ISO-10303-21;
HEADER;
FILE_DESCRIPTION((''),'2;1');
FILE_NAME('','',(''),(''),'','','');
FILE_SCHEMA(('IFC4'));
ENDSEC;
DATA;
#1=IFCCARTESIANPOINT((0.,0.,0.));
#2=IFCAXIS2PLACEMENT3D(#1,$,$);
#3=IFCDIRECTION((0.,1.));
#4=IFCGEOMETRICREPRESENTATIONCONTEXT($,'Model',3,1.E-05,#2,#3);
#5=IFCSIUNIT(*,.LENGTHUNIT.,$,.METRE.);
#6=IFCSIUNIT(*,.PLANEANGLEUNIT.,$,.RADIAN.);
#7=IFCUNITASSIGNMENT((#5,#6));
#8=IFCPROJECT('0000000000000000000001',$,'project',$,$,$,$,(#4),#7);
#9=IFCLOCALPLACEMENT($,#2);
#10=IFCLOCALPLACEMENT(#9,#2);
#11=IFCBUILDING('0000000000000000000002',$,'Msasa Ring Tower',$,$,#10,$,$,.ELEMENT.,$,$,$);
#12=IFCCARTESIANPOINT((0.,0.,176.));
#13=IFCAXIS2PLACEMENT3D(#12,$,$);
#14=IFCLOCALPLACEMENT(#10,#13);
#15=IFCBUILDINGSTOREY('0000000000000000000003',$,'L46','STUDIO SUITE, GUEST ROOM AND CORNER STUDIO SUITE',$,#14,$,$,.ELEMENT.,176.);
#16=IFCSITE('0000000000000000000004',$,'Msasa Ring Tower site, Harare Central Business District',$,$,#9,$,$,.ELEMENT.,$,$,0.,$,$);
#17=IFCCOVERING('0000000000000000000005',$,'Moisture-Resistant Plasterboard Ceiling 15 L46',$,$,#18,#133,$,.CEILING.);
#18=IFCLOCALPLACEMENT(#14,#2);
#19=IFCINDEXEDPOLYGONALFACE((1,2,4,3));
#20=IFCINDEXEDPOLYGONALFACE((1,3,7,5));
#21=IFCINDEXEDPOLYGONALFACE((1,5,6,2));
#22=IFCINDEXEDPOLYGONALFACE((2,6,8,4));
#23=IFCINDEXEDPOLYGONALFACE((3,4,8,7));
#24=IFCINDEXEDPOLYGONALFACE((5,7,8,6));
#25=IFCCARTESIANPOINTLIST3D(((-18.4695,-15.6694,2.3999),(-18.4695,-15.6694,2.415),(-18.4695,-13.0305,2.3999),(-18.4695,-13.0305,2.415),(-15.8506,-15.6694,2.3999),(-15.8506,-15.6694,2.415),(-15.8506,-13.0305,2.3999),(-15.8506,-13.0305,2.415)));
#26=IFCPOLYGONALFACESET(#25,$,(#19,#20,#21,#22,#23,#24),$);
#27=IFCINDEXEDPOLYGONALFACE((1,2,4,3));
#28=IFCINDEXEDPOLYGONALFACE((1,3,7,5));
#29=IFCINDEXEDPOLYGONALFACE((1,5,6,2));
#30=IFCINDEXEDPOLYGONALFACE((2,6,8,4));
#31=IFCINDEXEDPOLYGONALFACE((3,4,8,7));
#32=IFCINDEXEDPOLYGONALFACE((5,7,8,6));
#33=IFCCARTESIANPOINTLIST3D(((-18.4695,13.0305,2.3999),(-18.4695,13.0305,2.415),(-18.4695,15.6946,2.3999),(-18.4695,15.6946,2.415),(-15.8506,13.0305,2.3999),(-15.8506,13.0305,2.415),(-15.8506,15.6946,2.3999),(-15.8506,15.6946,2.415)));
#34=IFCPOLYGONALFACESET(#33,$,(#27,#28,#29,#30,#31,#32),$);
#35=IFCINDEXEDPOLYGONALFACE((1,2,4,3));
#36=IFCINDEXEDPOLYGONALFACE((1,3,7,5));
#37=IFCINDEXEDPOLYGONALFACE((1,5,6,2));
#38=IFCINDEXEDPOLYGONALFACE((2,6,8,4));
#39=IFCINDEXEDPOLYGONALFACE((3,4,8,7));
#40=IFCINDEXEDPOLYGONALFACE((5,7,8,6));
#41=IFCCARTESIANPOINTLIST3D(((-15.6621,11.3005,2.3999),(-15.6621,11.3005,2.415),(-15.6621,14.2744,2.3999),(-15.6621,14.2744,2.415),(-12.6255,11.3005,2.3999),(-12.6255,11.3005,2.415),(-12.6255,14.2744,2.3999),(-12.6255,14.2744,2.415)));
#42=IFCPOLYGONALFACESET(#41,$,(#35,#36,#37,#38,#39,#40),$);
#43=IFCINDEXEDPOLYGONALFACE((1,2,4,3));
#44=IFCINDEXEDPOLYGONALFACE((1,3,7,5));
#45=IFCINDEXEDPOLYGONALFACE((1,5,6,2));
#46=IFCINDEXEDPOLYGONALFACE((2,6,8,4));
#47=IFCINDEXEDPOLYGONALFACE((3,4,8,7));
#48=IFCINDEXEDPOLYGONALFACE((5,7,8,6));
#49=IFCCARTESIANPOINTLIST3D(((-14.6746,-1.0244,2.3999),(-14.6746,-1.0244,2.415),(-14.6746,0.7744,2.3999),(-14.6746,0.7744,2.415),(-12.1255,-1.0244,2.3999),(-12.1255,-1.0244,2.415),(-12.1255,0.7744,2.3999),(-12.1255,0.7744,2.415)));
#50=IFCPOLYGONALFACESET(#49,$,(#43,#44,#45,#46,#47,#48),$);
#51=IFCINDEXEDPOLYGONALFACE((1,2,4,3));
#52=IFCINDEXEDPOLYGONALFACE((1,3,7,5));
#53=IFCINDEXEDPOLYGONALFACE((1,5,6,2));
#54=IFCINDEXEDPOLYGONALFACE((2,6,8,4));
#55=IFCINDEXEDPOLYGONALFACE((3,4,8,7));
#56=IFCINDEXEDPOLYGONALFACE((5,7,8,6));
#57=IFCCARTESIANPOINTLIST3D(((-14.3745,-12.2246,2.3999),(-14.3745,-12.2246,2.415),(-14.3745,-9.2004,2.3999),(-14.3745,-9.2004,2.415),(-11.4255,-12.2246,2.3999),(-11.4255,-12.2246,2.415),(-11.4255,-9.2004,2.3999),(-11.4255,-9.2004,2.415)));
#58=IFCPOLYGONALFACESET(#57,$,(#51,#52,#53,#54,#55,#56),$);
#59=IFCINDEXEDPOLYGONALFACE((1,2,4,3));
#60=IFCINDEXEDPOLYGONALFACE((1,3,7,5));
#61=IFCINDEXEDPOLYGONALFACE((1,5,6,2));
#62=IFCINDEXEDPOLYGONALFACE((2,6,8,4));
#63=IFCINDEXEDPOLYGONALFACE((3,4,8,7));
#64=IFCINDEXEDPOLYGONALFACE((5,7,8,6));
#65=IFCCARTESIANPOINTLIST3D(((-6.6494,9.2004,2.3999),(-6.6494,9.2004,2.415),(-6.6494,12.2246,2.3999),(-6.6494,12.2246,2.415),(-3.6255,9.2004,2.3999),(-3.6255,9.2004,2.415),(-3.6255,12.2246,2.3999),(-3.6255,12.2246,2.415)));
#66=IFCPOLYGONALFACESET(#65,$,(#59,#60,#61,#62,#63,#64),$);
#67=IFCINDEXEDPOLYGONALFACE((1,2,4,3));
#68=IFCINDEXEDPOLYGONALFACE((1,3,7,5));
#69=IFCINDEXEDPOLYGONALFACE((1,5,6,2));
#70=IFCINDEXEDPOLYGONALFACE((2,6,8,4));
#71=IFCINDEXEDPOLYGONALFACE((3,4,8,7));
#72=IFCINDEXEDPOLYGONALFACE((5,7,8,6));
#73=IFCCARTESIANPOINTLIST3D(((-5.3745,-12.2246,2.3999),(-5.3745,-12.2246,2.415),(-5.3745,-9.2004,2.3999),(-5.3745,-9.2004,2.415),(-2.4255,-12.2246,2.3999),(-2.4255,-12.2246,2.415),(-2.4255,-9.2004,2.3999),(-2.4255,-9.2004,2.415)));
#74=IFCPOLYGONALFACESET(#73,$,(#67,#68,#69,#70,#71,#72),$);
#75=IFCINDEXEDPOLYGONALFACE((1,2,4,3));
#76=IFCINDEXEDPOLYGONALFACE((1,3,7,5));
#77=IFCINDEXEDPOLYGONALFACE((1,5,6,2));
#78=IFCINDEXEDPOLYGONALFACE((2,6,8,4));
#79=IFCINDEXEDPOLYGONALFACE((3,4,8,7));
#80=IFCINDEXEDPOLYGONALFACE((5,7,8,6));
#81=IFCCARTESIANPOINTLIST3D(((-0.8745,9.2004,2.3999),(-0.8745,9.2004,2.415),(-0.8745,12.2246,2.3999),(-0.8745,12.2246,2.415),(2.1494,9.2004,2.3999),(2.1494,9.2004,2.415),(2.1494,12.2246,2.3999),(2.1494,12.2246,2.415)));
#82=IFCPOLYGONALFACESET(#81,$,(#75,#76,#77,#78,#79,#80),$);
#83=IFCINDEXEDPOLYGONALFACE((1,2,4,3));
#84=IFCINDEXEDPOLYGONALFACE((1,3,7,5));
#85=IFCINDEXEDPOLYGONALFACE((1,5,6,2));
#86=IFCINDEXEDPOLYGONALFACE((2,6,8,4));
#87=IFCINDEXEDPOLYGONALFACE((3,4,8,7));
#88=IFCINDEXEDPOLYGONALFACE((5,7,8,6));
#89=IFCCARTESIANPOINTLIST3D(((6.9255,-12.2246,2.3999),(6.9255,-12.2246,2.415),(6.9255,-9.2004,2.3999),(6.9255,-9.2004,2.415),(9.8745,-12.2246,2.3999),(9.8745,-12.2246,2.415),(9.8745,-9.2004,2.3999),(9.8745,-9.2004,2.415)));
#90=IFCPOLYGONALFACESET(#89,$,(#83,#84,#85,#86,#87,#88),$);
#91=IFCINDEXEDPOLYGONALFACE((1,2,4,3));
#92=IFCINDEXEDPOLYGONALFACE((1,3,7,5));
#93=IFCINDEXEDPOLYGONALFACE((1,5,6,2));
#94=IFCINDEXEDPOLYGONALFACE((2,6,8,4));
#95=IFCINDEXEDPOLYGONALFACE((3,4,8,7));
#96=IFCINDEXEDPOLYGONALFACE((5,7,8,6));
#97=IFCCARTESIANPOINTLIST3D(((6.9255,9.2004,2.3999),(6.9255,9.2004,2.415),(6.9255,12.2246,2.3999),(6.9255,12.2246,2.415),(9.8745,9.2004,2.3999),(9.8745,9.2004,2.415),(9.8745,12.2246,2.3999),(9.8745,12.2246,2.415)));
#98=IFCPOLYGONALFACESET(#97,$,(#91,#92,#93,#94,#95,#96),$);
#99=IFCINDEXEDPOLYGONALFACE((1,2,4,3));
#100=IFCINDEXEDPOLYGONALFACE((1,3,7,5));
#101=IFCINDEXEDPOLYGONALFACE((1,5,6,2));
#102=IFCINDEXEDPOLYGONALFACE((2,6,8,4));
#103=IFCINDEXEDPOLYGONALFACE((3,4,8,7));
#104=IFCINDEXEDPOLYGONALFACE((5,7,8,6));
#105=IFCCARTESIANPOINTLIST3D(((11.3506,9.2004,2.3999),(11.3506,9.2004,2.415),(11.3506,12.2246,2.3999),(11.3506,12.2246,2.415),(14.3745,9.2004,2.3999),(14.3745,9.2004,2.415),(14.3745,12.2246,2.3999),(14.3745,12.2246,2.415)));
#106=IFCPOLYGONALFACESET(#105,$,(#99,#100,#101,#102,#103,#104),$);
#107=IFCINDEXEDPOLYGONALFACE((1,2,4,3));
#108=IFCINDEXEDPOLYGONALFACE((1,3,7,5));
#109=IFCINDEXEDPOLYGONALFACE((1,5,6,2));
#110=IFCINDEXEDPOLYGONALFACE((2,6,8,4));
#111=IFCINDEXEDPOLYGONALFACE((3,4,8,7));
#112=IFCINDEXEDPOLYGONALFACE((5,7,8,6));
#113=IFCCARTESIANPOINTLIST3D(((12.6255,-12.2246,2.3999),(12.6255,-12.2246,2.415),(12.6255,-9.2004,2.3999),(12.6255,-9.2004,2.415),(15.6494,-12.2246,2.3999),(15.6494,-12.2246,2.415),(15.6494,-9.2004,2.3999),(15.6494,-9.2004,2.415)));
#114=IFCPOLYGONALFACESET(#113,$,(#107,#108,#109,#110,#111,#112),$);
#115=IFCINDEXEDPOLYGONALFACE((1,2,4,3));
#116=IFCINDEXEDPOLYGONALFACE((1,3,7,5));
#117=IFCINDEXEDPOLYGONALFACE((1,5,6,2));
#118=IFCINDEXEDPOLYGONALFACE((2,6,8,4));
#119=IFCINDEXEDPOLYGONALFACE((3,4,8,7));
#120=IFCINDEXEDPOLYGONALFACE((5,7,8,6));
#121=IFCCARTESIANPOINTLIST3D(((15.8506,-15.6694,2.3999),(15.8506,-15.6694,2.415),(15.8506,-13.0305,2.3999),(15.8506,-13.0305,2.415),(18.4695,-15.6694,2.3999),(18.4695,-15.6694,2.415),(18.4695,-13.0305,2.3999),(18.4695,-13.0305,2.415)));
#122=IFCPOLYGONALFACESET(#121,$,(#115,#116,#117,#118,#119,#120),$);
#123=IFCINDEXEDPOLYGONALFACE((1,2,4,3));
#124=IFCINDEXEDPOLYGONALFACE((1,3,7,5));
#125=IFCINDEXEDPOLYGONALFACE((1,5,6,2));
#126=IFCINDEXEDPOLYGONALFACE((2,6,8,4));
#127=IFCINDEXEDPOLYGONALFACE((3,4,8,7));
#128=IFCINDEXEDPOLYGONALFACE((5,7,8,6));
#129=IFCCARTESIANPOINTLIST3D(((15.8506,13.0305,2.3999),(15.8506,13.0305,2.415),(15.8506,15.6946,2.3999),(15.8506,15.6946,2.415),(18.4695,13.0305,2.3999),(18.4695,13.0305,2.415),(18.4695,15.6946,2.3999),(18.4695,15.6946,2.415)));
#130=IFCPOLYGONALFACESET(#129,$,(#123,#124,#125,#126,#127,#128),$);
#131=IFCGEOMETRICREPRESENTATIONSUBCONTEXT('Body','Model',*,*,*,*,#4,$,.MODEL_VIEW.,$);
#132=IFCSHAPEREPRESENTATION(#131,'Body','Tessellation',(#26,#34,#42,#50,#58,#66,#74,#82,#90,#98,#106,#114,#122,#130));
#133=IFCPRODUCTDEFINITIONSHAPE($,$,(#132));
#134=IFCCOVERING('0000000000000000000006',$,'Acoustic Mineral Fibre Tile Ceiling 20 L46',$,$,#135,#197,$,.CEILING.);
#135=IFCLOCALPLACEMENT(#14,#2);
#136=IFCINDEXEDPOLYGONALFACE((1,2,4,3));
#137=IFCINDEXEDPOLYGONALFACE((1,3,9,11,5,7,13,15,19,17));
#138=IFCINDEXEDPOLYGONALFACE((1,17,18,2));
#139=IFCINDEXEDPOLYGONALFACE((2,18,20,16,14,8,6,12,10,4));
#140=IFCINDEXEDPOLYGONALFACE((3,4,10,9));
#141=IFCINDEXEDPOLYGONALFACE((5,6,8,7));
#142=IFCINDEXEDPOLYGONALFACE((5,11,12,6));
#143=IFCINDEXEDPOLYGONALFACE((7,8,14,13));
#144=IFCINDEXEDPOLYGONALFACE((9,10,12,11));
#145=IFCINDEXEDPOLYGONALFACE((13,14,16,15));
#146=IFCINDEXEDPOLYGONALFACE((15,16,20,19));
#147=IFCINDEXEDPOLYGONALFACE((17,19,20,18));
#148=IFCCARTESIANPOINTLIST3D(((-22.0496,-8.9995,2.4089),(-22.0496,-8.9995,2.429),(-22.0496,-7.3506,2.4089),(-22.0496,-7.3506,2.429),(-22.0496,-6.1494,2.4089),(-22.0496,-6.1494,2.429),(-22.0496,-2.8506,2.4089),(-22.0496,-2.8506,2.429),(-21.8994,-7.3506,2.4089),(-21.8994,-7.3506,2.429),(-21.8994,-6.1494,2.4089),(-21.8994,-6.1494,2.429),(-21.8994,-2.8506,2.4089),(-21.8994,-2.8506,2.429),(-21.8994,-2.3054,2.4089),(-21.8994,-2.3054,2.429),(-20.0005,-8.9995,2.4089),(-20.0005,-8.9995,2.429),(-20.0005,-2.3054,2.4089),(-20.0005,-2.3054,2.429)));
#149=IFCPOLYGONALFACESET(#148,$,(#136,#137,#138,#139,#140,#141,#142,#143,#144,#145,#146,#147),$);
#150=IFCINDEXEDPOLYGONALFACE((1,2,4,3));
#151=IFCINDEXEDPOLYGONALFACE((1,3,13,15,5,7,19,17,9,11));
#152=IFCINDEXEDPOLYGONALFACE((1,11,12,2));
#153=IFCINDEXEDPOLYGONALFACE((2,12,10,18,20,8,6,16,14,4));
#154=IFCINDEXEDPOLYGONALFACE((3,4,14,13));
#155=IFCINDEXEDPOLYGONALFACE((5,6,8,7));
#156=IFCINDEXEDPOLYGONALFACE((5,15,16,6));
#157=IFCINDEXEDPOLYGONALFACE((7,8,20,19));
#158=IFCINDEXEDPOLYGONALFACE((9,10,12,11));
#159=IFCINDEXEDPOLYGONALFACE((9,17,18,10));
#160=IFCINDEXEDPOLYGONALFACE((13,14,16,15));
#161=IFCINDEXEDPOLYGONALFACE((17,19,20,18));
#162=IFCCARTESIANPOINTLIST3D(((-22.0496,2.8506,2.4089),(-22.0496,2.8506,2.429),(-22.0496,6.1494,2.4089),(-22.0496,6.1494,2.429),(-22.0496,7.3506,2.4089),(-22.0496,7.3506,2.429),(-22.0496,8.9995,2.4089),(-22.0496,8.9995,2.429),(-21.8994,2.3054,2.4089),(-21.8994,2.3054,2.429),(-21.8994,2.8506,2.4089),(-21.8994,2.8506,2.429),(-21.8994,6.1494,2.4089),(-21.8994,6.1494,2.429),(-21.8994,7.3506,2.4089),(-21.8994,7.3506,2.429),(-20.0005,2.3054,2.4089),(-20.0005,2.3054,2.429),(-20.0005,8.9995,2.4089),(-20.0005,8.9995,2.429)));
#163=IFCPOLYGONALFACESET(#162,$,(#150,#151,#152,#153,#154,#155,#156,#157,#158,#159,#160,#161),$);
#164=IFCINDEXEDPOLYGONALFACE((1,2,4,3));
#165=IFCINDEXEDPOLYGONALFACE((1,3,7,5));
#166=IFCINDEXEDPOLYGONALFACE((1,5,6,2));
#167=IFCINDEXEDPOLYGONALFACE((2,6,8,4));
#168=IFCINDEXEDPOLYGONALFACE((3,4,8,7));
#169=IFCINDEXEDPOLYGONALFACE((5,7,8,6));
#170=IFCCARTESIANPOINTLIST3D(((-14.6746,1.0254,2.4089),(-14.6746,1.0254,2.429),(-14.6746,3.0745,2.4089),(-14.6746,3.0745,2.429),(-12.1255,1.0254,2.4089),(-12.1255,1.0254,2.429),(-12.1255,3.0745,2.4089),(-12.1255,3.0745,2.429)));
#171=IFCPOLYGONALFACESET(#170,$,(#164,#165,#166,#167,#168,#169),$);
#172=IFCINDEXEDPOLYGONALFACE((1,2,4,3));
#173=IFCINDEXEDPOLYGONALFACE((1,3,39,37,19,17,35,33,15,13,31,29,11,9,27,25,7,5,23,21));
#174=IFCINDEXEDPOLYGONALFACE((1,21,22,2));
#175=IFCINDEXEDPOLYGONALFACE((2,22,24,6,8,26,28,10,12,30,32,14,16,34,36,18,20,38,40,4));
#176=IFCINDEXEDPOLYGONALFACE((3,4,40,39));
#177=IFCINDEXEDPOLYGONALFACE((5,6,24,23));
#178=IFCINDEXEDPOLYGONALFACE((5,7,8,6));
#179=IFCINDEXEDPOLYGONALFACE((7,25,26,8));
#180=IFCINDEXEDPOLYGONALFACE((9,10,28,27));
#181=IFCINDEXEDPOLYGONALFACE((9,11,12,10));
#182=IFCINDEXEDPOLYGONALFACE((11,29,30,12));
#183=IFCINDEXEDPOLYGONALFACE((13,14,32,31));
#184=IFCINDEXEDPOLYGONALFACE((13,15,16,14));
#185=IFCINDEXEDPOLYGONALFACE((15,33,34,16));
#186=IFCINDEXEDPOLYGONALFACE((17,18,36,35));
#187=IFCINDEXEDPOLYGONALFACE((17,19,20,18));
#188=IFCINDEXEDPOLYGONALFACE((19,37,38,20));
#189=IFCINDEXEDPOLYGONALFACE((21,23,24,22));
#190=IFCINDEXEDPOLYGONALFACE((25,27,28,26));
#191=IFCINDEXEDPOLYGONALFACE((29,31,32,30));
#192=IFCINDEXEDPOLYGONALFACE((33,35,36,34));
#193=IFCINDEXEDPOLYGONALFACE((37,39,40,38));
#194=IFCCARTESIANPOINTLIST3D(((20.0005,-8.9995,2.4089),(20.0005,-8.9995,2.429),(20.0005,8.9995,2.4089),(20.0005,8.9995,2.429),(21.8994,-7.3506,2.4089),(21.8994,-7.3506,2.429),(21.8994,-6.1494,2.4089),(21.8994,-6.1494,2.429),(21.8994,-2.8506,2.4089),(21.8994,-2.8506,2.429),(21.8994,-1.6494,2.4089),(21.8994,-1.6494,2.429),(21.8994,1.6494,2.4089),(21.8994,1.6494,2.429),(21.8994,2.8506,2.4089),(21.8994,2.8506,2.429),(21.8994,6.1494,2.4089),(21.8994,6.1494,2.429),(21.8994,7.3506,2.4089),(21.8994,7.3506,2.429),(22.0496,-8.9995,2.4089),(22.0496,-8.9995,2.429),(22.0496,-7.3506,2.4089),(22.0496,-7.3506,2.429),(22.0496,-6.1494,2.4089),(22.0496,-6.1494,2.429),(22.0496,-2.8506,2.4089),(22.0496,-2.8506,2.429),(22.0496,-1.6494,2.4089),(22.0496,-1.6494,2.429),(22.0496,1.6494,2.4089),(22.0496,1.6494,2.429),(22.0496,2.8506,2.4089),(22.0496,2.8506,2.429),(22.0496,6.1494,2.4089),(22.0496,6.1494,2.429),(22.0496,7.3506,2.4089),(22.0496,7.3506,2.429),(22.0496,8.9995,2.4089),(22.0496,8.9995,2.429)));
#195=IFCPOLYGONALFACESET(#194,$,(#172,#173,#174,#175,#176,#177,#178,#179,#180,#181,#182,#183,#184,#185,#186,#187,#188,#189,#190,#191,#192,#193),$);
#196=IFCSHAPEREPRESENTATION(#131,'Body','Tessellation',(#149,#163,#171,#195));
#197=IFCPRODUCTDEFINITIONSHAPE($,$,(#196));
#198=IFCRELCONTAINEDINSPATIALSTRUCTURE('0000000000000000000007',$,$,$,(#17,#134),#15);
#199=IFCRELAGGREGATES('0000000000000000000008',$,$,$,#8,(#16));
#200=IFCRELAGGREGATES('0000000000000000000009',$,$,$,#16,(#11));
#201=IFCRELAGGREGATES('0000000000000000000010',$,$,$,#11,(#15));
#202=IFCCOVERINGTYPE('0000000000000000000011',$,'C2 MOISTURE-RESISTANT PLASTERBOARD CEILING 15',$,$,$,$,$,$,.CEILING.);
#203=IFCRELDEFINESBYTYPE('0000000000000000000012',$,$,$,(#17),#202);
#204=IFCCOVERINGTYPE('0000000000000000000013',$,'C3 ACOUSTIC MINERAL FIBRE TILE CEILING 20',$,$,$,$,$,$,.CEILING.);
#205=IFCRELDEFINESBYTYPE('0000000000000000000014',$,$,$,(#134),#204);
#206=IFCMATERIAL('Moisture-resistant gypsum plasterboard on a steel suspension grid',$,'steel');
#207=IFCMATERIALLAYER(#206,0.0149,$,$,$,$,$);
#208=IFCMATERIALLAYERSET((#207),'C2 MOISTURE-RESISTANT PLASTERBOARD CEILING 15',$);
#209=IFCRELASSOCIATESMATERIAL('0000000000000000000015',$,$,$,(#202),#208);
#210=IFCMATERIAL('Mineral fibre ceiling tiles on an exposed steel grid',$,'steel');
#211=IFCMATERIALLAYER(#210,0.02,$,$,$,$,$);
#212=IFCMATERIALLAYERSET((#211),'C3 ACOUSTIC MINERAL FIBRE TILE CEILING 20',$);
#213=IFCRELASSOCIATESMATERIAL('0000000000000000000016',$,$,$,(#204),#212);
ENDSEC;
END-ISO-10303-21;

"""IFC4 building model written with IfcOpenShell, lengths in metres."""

from ifc_helpers import new_model, si_unit, direction, frame, origin, place, context, subcontext, project, spatial, line, indexed_curve, outline, extrude, material, layer, layer_set, type_object, element, save


model = new_model("IFC4")

# Units and contexts
model_context = context("Model", 3, precision=1e-05, world=origin(), true_north=direction((0.0, 1.0)))
body_context = subcontext(model_context, "Body", "Model", "MODEL_VIEW")
ifc_project = project(units=[si_unit("LENGTHUNIT", "METRE"), si_unit("PLANEANGLEUNIT", "RADIAN")], contexts=[model_context])

# Site, building, storey
site_placement = place(None, origin())
site = spatial("IfcSite", under=ifc_project, at=site_placement, Name="Msasa Ring Tower site, Harare Central Business District", CompositionType="ELEMENT", RefElevation=0.0)
building_placement = place(site_placement, origin())
building = spatial("IfcBuilding", under=site, at=building_placement, Name="Msasa Ring Tower", CompositionType="ELEMENT")
storey_placement = place(building_placement, frame((0.0, 0.0, 176.0)))
storey = spatial("IfcBuildingStorey", under=building, at=storey_placement, Name="L46", Description="STUDIO SUITE, GUEST ROOM AND CORNER STUDIO SUITE", CompositionType="ELEMENT", Elevation=176.0)

# Coverings
ifc_material_1 = material(Name="Moisture-resistant gypsum plasterboard on a steel suspension grid", Category="steel")
ifc_layer_1 = layer(ifc_material_1, 0.0149)
ifc_layer_set_1 = layer_set([ifc_layer_1], Name="C2 MOISTURE-RESISTANT PLASTERBOARD CEILING 15")
covering_type_1 = type_object("IfcCoveringType", Name="C2 MOISTURE-RESISTANT PLASTERBOARD CEILING 15", PredefinedType="CEILING", material=ifc_layer_set_1)
covering_1_placement = place(storey_placement, frame((0.0, 0.0, 2.3999)))
element("IfcCovering", 1, at=covering_1_placement, inside=storey, type_object=covering_type_1, Name="Moisture-Resistant Plasterboard Ceiling 15 L46", PredefinedType="CEILING", context=body_context, shape_type="SweptSolid", body=[
    extrude(outline(indexed_curve([(-18.4695, -15.6694), (-18.4695, -13.0305), (-15.8506, -13.0305), (-15.8506, -15.6694)], segments=[line(1, 2, 3, 4, 1)], self_intersect=False)), origin(), (0.0, 0.0, 1.0), 0.0151),
    extrude(outline(indexed_curve([(-18.4695, 15.6946), (-15.8506, 15.6946), (-15.8506, 13.0305), (-18.4695, 13.0305)], segments=[line(1, 2, 3, 4, 1)], self_intersect=False)), origin(), (0.0, 0.0, 1.0), 0.0151),
    extrude(outline(indexed_curve([(-15.6621, 11.3005), (-15.6621, 14.2744), (-12.6255, 14.2744), (-12.6255, 11.3005)], segments=[line(1, 2, 3, 4, 1)], self_intersect=False)), origin(), (0.0, 0.0, 1.0), 0.0151),
    extrude(outline(indexed_curve([(-14.6746, 0.7744), (-12.1255, 0.7744), (-12.1255, -1.0244), (-14.6746, -1.0244)], segments=[line(1, 2, 3, 4, 1)], self_intersect=False)), origin(), (0.0, 0.0, 1.0), 0.0151),
    extrude(outline(indexed_curve([(-11.4255, -9.2004), (-11.4255, -12.2246), (-14.3745, -12.2246), (-14.3745, -9.2004)], segments=[line(1, 2, 3, 4, 1)], self_intersect=False)), origin(), (0.0, 0.0, 1.0), 0.0151),
    extrude(outline(indexed_curve([(-6.6494, 12.2246), (-3.6255, 12.2246), (-3.6255, 9.2004), (-6.6494, 9.2004)], segments=[line(1, 2, 3, 4, 1)], self_intersect=False)), origin(), (0.0, 0.0, 1.0), 0.0151),
    extrude(outline(indexed_curve([(-2.4255, -9.2004), (-2.4255, -12.2246), (-5.3745, -12.2246), (-5.3745, -9.2004)], segments=[line(1, 2, 3, 4, 1)], self_intersect=False)), origin(), (0.0, 0.0, 1.0), 0.0151),
    extrude(outline(indexed_curve([(2.1494, 9.2004), (-0.8745, 9.2004), (-0.8745, 12.2246), (2.1494, 12.2246)], segments=[line(1, 2, 3, 4, 1)], self_intersect=False)), origin(), (0.0, 0.0, 1.0), 0.0151),
    extrude(outline(indexed_curve([(9.8745, -9.2004), (9.8745, -12.2246), (6.9255, -12.2246), (6.9255, -9.2004)], segments=[line(1, 2, 3, 4, 1)], self_intersect=False)), origin(), (0.0, 0.0, 1.0), 0.0151),
    extrude(outline(indexed_curve([(6.9255, 9.2004), (6.9255, 12.2246), (9.8745, 12.2246), (9.8745, 9.2004)], segments=[line(1, 2, 3, 4, 1)], self_intersect=False)), origin(), (0.0, 0.0, 1.0), 0.0151),
    extrude(outline(indexed_curve([(11.3506, 12.2246), (14.3745, 12.2246), (14.3745, 9.2004), (11.3506, 9.2004)], segments=[line(1, 2, 3, 4, 1)], self_intersect=False)), origin(), (0.0, 0.0, 1.0), 0.0151),
    extrude(outline(indexed_curve([(15.6494, -9.2004), (15.6494, -12.2246), (12.6255, -12.2246), (12.6255, -9.2004)], segments=[line(1, 2, 3, 4, 1)], self_intersect=False)), origin(), (0.0, 0.0, 1.0), 0.0151),
    extrude(outline(indexed_curve([(15.8506, -15.6694), (15.8506, -13.0305), (18.4695, -13.0305), (18.4695, -15.6694)], segments=[line(1, 2, 3, 4, 1)], self_intersect=False)), origin(), (0.0, 0.0, 1.0), 0.0151),
    extrude(outline(indexed_curve([(15.8506, 15.6946), (18.4695, 15.6946), (18.4695, 13.0305), (15.8506, 13.0305)], segments=[line(1, 2, 3, 4, 1)], self_intersect=False)), origin(), (0.0, 0.0, 1.0), 0.0151),
])
ifc_material_2 = material(Name="Mineral fibre ceiling tiles on an exposed steel grid", Category="steel")
ifc_layer_2 = layer(ifc_material_2, 0.02)
ifc_layer_set_2 = layer_set([ifc_layer_2], Name="C3 ACOUSTIC MINERAL FIBRE TILE CEILING 20")
covering_type_2 = type_object("IfcCoveringType", Name="C3 ACOUSTIC MINERAL FIBRE TILE CEILING 20", PredefinedType="CEILING", material=ifc_layer_set_2)
covering_2_placement = place(storey_placement, frame((0.0, 0.0, 2.4089)))
element("IfcCovering", 2, at=covering_2_placement, inside=storey, type_object=covering_type_2, Name="Acoustic Mineral Fibre Tile Ceiling 20 L46", PredefinedType="CEILING", context=body_context, shape_type="SweptSolid", body=[
    extrude(outline(indexed_curve([(-22.0496, -7.3506), (-21.8994, -7.3506), (-21.8994, -6.1494), (-22.0496, -6.1494), (-22.0496, -2.8506), (-21.8994, -2.8506), (-21.8994, -2.3054), (-20.0005, -2.3054), (-20.0005, -8.9995), (-22.0496, -8.9995)], segments=[line(1, 2, 3, 4, 5, 6, 7, 8, 9, 10, 1)], self_intersect=False)), origin(), (0.0, 0.0, 1.0), 0.02),
    extrude(outline(indexed_curve([(-22.0496, 6.1494), (-21.8994, 6.1494), (-21.8994, 7.3506), (-22.0496, 7.3506), (-22.0496, 8.9995), (-20.0005, 8.9995), (-20.0005, 2.3054), (-21.8994, 2.3054), (-21.8994, 2.8506), (-22.0496, 2.8506)], segments=[line(1, 2, 3, 4, 5, 6, 7, 8, 9, 10, 1)], self_intersect=False)), origin(), (0.0, 0.0, 1.0), 0.02),
    extrude(outline(indexed_curve([(-12.1255, 1.0254), (-14.6746, 1.0254), (-14.6746, 3.0745), (-12.1255, 3.0745)], segments=[line(1, 2, 3, 4, 1)], self_intersect=False)), origin(), (0.0, 0.0, 1.0), 0.02),
    extrude(outline(indexed_curve([(22.0496, 8.9995), (22.0496, 7.3506), (21.8994, 7.3506), (21.8994, 6.1494), (22.0496, 6.1494), (22.0496, 2.8506), (21.8994, 2.8506), (21.8994, 1.6494), (22.0496, 1.6494), (22.0496, -1.6494), (21.8994, -1.6494), (21.8994, -2.8506), (22.0496, -2.8506), (22.0496, -6.1494), (21.8994, -6.1494), (21.8994, -7.3506), (22.0496, -7.3506), (22.0496, -8.9995), (20.0005, -8.9995), (20.0005, 8.9995)], segments=[line(1, 2, 3, 4, 5, 6, 7, 8, 9, 10, 11, 12, 13, 14, 15, 16, 17, 18, 19, 20, 1)], self_intersect=False)), origin(), (0.0, 0.0, 1.0), 0.02),
])

save(model, "model.ifc")
